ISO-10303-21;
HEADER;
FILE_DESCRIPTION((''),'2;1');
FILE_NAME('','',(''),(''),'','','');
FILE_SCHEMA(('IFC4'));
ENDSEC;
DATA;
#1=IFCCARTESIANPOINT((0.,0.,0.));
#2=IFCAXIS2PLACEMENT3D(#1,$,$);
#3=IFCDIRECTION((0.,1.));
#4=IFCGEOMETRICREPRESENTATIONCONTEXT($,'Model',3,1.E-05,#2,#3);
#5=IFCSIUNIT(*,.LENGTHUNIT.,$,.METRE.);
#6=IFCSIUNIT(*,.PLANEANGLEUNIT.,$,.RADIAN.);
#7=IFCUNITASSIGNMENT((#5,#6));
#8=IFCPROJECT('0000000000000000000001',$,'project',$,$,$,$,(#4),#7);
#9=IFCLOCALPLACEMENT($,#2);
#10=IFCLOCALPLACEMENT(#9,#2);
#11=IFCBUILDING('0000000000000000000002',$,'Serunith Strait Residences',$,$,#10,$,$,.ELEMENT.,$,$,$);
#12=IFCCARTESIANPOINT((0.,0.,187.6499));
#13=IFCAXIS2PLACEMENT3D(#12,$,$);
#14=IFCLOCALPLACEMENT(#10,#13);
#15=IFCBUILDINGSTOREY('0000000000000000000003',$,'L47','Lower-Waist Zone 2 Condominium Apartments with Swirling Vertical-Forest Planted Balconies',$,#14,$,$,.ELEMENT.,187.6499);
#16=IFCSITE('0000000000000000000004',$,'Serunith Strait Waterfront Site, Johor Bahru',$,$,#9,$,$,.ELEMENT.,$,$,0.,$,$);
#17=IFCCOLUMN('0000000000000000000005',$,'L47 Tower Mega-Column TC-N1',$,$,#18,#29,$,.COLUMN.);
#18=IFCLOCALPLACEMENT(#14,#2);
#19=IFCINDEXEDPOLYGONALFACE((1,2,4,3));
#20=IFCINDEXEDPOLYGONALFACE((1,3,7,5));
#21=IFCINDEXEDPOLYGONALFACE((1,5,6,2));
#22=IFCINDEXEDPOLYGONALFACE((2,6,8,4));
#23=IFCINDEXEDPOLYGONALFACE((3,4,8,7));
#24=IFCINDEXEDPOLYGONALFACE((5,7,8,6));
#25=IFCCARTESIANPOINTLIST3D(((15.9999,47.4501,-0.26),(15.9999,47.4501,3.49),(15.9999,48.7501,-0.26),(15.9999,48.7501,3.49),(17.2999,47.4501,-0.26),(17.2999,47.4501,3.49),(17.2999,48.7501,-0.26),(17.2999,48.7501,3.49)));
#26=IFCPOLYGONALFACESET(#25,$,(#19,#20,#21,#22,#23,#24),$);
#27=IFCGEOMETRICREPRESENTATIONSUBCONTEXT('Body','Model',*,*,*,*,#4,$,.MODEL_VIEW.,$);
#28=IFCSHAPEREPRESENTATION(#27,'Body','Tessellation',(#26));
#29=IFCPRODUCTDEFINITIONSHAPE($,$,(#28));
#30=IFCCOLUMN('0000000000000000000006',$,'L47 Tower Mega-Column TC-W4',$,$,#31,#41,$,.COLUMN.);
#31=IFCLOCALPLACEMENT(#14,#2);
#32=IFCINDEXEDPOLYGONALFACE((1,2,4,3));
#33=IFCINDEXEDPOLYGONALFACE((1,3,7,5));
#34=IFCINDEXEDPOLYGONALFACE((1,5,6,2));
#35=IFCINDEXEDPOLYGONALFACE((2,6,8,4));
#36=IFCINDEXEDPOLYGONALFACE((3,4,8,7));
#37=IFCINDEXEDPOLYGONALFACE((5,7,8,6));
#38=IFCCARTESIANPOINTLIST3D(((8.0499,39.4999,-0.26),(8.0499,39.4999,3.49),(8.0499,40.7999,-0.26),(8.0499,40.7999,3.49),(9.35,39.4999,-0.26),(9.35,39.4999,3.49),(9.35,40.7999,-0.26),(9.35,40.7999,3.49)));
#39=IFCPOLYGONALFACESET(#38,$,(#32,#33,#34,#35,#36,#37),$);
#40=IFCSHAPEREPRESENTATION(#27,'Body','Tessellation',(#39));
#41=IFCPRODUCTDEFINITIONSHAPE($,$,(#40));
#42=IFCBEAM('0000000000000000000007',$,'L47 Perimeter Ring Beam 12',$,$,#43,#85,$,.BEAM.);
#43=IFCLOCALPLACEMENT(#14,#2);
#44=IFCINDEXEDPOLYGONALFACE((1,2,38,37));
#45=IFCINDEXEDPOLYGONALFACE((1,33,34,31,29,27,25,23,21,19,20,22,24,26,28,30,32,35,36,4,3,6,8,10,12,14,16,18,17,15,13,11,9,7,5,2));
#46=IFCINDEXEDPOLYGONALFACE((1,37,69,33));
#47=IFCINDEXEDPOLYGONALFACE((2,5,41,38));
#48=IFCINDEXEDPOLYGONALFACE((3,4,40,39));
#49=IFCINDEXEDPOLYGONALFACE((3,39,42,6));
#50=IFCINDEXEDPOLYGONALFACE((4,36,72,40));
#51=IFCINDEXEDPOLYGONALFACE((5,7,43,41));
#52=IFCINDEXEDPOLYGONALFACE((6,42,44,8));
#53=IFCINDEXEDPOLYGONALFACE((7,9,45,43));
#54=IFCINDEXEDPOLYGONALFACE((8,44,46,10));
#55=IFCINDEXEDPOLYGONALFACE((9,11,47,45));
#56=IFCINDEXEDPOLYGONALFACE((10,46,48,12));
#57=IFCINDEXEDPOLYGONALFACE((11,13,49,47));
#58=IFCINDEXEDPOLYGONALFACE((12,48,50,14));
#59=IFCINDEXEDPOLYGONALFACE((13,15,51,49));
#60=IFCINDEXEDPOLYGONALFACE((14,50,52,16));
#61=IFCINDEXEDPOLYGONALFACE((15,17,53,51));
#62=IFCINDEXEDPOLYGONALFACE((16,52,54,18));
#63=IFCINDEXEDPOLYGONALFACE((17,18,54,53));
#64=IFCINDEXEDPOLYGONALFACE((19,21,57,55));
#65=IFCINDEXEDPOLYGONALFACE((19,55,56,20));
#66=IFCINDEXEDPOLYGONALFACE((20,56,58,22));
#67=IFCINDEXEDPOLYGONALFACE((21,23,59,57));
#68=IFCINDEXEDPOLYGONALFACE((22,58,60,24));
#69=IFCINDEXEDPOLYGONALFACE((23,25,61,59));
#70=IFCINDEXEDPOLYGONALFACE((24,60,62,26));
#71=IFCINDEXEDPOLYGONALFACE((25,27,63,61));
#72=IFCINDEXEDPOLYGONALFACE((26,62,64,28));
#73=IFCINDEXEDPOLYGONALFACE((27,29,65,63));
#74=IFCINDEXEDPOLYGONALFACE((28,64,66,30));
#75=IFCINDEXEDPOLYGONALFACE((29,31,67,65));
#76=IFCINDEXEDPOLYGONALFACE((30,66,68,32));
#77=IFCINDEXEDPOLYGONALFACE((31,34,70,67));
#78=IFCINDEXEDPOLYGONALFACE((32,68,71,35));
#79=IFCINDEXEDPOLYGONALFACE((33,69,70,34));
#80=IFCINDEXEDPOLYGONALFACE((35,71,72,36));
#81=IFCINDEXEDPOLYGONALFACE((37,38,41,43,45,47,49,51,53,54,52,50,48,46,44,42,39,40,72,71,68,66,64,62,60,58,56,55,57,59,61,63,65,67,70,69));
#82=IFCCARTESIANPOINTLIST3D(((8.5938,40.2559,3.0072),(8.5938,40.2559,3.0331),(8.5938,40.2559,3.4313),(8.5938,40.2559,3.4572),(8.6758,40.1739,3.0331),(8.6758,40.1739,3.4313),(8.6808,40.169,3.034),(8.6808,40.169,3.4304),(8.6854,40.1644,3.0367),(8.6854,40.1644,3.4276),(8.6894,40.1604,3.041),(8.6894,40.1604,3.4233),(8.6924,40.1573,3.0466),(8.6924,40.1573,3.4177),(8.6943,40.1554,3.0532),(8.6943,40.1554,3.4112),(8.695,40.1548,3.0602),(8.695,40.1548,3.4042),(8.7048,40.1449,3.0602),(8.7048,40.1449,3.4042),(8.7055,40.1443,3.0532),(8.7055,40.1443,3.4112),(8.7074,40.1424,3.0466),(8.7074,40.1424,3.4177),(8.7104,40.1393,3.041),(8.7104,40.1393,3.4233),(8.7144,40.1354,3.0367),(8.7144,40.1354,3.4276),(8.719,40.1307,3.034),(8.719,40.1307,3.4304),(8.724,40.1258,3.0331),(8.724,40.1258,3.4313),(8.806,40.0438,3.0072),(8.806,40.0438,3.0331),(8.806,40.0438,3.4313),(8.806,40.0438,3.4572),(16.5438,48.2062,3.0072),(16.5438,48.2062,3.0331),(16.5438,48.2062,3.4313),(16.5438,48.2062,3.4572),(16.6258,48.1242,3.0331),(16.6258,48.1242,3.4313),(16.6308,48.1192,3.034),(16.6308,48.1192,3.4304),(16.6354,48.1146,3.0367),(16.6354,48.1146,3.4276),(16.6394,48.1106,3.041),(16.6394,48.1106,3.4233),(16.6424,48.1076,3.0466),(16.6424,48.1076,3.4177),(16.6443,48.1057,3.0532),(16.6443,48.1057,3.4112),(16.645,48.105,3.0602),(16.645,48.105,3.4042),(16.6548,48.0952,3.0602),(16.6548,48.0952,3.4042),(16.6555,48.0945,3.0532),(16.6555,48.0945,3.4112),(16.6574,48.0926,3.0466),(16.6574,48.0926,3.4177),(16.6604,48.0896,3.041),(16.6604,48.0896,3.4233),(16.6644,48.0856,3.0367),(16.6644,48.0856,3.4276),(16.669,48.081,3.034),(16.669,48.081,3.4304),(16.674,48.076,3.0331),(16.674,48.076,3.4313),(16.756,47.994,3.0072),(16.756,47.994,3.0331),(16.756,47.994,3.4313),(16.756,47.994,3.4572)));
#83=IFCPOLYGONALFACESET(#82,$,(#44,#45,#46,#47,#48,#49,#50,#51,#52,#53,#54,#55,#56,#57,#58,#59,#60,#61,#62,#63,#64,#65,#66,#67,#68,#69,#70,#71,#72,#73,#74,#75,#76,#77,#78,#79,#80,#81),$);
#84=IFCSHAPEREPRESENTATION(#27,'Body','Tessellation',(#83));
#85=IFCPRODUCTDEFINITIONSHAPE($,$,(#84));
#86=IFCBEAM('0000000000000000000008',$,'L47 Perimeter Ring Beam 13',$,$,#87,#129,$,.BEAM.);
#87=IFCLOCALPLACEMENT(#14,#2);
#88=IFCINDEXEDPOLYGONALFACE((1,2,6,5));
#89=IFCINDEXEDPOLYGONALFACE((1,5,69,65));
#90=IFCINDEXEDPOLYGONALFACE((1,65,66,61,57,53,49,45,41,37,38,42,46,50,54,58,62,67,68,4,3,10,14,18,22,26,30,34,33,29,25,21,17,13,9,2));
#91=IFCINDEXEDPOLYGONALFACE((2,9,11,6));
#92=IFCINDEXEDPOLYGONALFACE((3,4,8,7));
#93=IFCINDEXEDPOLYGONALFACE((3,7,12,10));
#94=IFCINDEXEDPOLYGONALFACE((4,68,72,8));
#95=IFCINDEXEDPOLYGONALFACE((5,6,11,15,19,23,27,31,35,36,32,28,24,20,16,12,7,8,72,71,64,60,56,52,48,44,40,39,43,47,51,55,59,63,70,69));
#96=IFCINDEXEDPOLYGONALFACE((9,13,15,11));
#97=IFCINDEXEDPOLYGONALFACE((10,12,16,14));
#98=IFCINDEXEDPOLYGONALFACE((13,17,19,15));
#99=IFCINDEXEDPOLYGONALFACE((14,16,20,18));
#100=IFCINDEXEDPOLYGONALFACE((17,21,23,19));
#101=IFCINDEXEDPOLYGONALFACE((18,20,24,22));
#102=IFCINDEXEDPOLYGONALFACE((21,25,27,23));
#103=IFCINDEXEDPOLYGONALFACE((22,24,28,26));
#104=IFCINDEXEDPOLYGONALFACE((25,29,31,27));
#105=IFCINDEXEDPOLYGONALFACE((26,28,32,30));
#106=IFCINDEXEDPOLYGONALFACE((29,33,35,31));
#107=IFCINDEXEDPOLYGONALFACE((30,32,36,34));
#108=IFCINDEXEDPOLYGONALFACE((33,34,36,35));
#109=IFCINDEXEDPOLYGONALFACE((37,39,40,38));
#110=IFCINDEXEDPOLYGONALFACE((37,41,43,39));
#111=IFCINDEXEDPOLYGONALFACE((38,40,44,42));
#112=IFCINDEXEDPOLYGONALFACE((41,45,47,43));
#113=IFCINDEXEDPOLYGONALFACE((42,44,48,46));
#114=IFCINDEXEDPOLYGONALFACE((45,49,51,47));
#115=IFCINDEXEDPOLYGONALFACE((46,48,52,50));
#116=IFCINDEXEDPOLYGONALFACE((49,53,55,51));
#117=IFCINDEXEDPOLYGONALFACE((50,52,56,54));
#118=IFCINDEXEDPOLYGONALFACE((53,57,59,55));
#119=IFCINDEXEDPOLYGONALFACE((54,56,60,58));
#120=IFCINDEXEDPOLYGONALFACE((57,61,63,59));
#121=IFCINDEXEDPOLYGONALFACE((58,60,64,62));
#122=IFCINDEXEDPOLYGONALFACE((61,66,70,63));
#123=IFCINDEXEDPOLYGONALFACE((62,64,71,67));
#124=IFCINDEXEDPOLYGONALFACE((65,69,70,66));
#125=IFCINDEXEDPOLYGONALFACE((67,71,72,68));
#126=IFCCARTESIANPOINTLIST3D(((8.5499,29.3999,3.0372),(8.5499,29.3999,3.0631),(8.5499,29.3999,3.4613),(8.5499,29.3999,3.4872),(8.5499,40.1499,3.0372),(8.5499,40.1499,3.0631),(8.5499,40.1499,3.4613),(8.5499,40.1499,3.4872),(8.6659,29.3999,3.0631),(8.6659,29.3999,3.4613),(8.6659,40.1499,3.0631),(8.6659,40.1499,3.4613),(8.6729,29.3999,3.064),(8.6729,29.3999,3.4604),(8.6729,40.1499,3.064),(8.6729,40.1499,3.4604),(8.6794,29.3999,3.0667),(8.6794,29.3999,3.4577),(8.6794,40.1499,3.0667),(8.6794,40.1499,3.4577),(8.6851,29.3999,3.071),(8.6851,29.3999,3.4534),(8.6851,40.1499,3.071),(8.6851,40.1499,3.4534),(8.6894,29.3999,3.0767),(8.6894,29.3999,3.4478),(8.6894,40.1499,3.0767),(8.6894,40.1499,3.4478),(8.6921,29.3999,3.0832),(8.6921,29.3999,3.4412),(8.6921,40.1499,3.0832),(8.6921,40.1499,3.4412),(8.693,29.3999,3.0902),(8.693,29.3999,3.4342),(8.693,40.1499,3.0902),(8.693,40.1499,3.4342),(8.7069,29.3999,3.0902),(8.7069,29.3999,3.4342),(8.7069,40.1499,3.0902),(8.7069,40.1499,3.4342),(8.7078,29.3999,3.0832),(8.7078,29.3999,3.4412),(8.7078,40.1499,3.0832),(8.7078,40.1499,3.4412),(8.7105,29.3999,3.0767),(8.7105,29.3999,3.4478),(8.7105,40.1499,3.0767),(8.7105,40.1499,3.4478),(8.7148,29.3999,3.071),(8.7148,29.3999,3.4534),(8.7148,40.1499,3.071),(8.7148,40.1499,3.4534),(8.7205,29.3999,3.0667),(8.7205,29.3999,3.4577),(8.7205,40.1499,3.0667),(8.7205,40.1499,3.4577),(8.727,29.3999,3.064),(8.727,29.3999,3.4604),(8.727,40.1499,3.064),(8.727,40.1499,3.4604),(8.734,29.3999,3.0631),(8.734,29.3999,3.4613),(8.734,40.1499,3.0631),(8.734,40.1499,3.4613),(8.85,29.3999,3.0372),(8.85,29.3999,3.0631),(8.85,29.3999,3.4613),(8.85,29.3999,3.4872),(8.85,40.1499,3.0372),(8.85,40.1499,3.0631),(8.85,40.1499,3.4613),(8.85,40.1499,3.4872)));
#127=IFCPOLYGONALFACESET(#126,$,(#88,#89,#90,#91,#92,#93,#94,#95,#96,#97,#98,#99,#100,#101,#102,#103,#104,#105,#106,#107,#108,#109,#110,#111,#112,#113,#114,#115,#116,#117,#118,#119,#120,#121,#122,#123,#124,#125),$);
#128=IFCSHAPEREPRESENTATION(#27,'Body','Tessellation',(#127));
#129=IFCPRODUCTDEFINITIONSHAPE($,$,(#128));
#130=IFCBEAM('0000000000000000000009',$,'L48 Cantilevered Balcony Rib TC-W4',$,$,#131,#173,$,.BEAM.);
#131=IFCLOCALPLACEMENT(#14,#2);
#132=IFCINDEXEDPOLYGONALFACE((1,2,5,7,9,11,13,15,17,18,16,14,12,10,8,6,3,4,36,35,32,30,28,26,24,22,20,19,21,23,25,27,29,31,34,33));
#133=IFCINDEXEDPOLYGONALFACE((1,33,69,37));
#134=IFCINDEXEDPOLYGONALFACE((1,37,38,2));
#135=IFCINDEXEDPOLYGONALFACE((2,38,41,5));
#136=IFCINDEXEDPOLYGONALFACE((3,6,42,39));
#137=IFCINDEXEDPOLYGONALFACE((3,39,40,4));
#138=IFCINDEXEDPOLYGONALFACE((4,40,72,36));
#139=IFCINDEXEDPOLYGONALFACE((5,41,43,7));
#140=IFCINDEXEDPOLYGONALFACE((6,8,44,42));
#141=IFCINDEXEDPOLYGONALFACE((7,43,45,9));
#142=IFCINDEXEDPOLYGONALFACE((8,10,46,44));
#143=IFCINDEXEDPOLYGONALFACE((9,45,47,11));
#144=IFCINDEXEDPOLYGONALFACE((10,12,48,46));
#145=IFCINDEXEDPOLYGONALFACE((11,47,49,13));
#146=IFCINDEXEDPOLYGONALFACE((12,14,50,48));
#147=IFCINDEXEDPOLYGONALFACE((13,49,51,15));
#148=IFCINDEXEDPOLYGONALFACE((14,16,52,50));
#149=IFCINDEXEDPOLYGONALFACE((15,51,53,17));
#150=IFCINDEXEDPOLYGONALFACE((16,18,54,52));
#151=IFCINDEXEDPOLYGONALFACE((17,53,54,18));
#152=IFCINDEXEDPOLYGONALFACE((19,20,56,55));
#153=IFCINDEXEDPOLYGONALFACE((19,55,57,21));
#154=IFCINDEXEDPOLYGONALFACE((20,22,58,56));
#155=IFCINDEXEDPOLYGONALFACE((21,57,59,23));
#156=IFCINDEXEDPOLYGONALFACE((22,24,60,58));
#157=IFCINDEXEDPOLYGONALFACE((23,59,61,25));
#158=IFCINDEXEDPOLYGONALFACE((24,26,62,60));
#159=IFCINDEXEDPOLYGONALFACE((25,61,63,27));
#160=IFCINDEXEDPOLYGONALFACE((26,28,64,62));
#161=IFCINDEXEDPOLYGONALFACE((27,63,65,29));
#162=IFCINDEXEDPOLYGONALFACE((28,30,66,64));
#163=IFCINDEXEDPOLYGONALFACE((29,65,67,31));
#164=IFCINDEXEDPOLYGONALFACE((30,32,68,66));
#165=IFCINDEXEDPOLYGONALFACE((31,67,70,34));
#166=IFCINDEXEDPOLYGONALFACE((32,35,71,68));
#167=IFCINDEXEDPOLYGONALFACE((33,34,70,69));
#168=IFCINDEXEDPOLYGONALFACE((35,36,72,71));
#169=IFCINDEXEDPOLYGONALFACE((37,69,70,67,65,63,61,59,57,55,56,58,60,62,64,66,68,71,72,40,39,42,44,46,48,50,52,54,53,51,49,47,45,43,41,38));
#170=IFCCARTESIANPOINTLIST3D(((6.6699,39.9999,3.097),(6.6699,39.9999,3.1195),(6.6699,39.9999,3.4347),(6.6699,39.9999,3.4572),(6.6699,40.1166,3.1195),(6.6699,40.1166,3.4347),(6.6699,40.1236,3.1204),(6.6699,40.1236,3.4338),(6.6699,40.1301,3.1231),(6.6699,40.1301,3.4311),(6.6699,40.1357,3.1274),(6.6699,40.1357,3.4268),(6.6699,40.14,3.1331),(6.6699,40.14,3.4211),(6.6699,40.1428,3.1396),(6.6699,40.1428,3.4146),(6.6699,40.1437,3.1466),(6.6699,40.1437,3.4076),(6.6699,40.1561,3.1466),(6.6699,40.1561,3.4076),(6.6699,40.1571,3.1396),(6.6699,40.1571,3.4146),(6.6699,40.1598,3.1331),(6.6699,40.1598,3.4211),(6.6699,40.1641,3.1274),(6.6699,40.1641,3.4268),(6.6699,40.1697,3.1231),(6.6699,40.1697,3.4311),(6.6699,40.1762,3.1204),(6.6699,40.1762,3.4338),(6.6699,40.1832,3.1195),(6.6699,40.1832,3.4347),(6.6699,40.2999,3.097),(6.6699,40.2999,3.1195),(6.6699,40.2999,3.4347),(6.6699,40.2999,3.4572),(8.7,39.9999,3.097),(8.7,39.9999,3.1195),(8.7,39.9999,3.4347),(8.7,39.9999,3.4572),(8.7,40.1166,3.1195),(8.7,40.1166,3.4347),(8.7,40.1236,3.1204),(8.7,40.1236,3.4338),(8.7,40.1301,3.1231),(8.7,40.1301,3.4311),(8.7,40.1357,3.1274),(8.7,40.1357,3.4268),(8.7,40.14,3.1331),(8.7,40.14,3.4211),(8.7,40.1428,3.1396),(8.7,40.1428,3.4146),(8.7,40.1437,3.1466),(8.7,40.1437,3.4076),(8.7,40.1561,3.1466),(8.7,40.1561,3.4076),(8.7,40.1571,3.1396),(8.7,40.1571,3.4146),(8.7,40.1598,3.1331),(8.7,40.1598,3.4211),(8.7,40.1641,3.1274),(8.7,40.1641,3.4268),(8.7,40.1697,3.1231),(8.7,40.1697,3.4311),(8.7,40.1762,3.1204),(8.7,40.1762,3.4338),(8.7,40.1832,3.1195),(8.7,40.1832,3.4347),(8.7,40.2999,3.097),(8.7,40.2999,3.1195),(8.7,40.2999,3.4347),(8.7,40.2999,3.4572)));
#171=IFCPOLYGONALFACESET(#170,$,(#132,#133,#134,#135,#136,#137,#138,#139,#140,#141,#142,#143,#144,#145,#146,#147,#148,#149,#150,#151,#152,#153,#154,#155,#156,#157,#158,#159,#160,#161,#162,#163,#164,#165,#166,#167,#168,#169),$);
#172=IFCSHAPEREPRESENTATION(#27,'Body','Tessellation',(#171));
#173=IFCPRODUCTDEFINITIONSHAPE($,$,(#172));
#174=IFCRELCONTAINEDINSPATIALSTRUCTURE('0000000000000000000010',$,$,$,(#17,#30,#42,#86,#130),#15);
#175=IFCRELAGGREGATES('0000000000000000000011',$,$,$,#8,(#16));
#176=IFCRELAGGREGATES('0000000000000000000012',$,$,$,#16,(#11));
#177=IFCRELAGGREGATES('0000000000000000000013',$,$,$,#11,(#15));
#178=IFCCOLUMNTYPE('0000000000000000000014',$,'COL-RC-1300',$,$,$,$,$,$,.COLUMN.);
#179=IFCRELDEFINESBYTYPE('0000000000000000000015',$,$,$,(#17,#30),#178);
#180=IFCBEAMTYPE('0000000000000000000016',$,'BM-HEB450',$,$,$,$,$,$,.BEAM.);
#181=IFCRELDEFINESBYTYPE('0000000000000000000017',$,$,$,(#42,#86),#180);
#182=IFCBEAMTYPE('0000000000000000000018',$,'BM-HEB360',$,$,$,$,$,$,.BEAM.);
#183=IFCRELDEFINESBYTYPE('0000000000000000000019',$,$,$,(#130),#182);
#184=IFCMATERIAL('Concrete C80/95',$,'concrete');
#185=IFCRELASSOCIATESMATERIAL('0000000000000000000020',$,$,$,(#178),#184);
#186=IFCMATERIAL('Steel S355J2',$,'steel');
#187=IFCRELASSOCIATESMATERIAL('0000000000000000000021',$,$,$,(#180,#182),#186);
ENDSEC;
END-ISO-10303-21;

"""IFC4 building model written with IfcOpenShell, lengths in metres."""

from ifc_helpers import new_model, si_unit, direction, frame, origin, origin_2d, place, context, subcontext, project, spatial, rectangle, i_section, extrude, source, transform, mapped, material, material_profile, profile_set, type_object, element, save


model = new_model("IFC4")

# Units and contexts
model_context = context("Model", 3, precision=1e-05, world=origin(), true_north=direction((0.0, 1.0)))
body_context = subcontext(model_context, "Body", "Model", "MODEL_VIEW")
ifc_project = project(units=[si_unit("LENGTHUNIT", "METRE"), si_unit("PLANEANGLEUNIT", "RADIAN")], contexts=[model_context])

# Site, building, storey
site_placement = place(None, origin())
site = spatial("IfcSite", under=ifc_project, at=site_placement, Name="Serunith Strait Waterfront Site, Johor Bahru", CompositionType="ELEMENT", RefElevation=0.0)
building_placement = place(site_placement, origin())
building = spatial("IfcBuilding", under=site, at=building_placement, Name="Serunith Strait Residences", CompositionType="ELEMENT")
storey_placement = place(building_placement, frame((0.0, 0.0, 187.6499)))
storey = spatial("IfcBuildingStorey", under=building, at=storey_placement, Name="L47", Description="Lower-Waist Zone 2 Condominium Apartments with Swirling Vertical-Forest Planted Balconies", CompositionType="ELEMENT", Elevation=187.6499)

# Columns
ifc_material_1 = material(Name="Concrete C80/95", Category="concrete")
ifc_material_profile_1 = material_profile(ifc_material_1, rectangle(XDim=1.3, YDim=1.3, at=origin_2d()), Name="RC 1300x1300")
ifc_profile_set_1 = profile_set([ifc_material_profile_1], Name="Concrete C80/95")
column_type = type_object("IfcColumnType", Name="COL-RC-1300", PredefinedType="COLUMN", material=ifc_profile_set_1)
shared_shape_1 = source(origin(), body_context, "Body", "SweptSolid", [
    extrude(rectangle(XDim=1.3, YDim=1.3, at=origin_2d()), origin(), (0.0, 0.0, 1.0), 3.75),
])
for number, where, z_axis, x_axis, name in (
    (1, (16.6499, 48.1001, -0.26), (0.0, 0.0, 1.0), (1.0, 0.0, 0.0), "L47 Tower Mega-Column TC-N1"),
    (2, (8.7, 40.1499, -0.26), (0.0, 0.0, 1.0), (1.0, 0.0, 0.0), "L47 Tower Mega-Column TC-W4"),
):
    element("IfcColumn", number, at=place(storey_placement, frame(where, z_axis=z_axis, x_axis=x_axis)), inside=storey, type_object=column_type, Name=name, PredefinedType="COLUMN", context=body_context, shape_type="MappedRepresentation", body=[
        mapped(shared_shape_1, transform((0.0, 0.0, 0.0), scale=1.0)),
    ])

# Beams
ifc_material_2 = material(Name="Steel S355J2", Category="steel")
ifc_material_profile_2 = material_profile(ifc_material_2, i_section(OverallWidth=0.3, OverallDepth=0.45, WebThickness=0.0139, FlangeThickness=0.0259, FilletRadius=0.0271, at=origin_2d()), Name="HEB 450")
ifc_profile_set_2 = profile_set([ifc_material_profile_2], Name="Steel S355J2")
beam_type_1 = type_object("IfcBeamType", Name="BM-HEB450", PredefinedType="BEAM", material=ifc_profile_set_2)
shared_shape_2 = source(origin(), body_context, "Body", "SweptSolid", [
    extrude(i_section(OverallWidth=0.3, OverallDepth=0.45, WebThickness=0.0139, FlangeThickness=0.0259, FilletRadius=0.0271, at=origin_2d()), origin(), (0.0, 0.0, 1.0), 11.2432),
])
beam_1_placement = place(storey_placement, frame((16.6499, 48.1001, 3.2322), z_axis=(-0.707096, -0.707118, 0.0), x_axis=(0.707118, -0.707096, 0.0)))
element("IfcBeam", 3, at=beam_1_placement, inside=storey, type_object=beam_type_1, Name="L47 Perimeter Ring Beam 12", PredefinedType="BEAM", context=body_context, shape_type="MappedRepresentation", body=[
    mapped(shared_shape_2, transform((0.0, 0.0, 0.0), scale=1.0)),
])
shared_shape_3 = source(origin(), body_context, "Body", "SweptSolid", [
    extrude(i_section(OverallWidth=0.3, OverallDepth=0.45, WebThickness=0.0139, FlangeThickness=0.0259, FilletRadius=0.0271, at=origin_2d()), origin(), (0.0, 0.0, 1.0), 10.75),
])
beam_2_placement = place(storey_placement, frame((8.7, 40.1499, 3.2622), z_axis=(0.0, -1.0, 0.0), x_axis=(1.0, 0.0, 0.0)))
element("IfcBeam", 4, at=beam_2_placement, inside=storey, type_object=beam_type_1, Name="L47 Perimeter Ring Beam 13", PredefinedType="BEAM", context=body_context, shape_type="MappedRepresentation", body=[
    mapped(shared_shape_3, transform((0.0, 0.0, 0.0), scale=1.0)),
])
ifc_material_profile_3 = material_profile(ifc_material_2, i_section(OverallWidth=0.3, OverallDepth=0.3601, WebThickness=0.0125, FlangeThickness=0.0225, FilletRadius=0.0271, at=origin_2d()), Name="HEB 360")
ifc_profile_set_3 = profile_set([ifc_material_profile_3], Name="Steel S355J2")
beam_type_2 = type_object("IfcBeamType", Name="BM-HEB360", PredefinedType="BEAM", material=ifc_profile_set_3)
shared_shape_4 = source(origin(), body_context, "Body", "SweptSolid", [
    extrude(i_section(OverallWidth=0.3, OverallDepth=0.3601, WebThickness=0.0125, FlangeThickness=0.0225, FilletRadius=0.0271, at=origin_2d()), origin(), (0.0, 0.0, 1.0), 2.03),
])
beam_3_placement = place(storey_placement, frame((8.7, 40.1499, 3.2771), z_axis=(-1.0, 0.0, 0.0), x_axis=(0.0, -1.0, 0.0)))
element("IfcBeam", 5, at=beam_3_placement, inside=storey, type_object=beam_type_2, Name="L48 Cantilevered Balcony Rib TC-W4", PredefinedType="BEAM", context=body_context, shape_type="MappedRepresentation", body=[
    mapped(shared_shape_4, transform((0.0, 0.0, 0.0), scale=1.0)),
])

save(model, "model.ifc")
